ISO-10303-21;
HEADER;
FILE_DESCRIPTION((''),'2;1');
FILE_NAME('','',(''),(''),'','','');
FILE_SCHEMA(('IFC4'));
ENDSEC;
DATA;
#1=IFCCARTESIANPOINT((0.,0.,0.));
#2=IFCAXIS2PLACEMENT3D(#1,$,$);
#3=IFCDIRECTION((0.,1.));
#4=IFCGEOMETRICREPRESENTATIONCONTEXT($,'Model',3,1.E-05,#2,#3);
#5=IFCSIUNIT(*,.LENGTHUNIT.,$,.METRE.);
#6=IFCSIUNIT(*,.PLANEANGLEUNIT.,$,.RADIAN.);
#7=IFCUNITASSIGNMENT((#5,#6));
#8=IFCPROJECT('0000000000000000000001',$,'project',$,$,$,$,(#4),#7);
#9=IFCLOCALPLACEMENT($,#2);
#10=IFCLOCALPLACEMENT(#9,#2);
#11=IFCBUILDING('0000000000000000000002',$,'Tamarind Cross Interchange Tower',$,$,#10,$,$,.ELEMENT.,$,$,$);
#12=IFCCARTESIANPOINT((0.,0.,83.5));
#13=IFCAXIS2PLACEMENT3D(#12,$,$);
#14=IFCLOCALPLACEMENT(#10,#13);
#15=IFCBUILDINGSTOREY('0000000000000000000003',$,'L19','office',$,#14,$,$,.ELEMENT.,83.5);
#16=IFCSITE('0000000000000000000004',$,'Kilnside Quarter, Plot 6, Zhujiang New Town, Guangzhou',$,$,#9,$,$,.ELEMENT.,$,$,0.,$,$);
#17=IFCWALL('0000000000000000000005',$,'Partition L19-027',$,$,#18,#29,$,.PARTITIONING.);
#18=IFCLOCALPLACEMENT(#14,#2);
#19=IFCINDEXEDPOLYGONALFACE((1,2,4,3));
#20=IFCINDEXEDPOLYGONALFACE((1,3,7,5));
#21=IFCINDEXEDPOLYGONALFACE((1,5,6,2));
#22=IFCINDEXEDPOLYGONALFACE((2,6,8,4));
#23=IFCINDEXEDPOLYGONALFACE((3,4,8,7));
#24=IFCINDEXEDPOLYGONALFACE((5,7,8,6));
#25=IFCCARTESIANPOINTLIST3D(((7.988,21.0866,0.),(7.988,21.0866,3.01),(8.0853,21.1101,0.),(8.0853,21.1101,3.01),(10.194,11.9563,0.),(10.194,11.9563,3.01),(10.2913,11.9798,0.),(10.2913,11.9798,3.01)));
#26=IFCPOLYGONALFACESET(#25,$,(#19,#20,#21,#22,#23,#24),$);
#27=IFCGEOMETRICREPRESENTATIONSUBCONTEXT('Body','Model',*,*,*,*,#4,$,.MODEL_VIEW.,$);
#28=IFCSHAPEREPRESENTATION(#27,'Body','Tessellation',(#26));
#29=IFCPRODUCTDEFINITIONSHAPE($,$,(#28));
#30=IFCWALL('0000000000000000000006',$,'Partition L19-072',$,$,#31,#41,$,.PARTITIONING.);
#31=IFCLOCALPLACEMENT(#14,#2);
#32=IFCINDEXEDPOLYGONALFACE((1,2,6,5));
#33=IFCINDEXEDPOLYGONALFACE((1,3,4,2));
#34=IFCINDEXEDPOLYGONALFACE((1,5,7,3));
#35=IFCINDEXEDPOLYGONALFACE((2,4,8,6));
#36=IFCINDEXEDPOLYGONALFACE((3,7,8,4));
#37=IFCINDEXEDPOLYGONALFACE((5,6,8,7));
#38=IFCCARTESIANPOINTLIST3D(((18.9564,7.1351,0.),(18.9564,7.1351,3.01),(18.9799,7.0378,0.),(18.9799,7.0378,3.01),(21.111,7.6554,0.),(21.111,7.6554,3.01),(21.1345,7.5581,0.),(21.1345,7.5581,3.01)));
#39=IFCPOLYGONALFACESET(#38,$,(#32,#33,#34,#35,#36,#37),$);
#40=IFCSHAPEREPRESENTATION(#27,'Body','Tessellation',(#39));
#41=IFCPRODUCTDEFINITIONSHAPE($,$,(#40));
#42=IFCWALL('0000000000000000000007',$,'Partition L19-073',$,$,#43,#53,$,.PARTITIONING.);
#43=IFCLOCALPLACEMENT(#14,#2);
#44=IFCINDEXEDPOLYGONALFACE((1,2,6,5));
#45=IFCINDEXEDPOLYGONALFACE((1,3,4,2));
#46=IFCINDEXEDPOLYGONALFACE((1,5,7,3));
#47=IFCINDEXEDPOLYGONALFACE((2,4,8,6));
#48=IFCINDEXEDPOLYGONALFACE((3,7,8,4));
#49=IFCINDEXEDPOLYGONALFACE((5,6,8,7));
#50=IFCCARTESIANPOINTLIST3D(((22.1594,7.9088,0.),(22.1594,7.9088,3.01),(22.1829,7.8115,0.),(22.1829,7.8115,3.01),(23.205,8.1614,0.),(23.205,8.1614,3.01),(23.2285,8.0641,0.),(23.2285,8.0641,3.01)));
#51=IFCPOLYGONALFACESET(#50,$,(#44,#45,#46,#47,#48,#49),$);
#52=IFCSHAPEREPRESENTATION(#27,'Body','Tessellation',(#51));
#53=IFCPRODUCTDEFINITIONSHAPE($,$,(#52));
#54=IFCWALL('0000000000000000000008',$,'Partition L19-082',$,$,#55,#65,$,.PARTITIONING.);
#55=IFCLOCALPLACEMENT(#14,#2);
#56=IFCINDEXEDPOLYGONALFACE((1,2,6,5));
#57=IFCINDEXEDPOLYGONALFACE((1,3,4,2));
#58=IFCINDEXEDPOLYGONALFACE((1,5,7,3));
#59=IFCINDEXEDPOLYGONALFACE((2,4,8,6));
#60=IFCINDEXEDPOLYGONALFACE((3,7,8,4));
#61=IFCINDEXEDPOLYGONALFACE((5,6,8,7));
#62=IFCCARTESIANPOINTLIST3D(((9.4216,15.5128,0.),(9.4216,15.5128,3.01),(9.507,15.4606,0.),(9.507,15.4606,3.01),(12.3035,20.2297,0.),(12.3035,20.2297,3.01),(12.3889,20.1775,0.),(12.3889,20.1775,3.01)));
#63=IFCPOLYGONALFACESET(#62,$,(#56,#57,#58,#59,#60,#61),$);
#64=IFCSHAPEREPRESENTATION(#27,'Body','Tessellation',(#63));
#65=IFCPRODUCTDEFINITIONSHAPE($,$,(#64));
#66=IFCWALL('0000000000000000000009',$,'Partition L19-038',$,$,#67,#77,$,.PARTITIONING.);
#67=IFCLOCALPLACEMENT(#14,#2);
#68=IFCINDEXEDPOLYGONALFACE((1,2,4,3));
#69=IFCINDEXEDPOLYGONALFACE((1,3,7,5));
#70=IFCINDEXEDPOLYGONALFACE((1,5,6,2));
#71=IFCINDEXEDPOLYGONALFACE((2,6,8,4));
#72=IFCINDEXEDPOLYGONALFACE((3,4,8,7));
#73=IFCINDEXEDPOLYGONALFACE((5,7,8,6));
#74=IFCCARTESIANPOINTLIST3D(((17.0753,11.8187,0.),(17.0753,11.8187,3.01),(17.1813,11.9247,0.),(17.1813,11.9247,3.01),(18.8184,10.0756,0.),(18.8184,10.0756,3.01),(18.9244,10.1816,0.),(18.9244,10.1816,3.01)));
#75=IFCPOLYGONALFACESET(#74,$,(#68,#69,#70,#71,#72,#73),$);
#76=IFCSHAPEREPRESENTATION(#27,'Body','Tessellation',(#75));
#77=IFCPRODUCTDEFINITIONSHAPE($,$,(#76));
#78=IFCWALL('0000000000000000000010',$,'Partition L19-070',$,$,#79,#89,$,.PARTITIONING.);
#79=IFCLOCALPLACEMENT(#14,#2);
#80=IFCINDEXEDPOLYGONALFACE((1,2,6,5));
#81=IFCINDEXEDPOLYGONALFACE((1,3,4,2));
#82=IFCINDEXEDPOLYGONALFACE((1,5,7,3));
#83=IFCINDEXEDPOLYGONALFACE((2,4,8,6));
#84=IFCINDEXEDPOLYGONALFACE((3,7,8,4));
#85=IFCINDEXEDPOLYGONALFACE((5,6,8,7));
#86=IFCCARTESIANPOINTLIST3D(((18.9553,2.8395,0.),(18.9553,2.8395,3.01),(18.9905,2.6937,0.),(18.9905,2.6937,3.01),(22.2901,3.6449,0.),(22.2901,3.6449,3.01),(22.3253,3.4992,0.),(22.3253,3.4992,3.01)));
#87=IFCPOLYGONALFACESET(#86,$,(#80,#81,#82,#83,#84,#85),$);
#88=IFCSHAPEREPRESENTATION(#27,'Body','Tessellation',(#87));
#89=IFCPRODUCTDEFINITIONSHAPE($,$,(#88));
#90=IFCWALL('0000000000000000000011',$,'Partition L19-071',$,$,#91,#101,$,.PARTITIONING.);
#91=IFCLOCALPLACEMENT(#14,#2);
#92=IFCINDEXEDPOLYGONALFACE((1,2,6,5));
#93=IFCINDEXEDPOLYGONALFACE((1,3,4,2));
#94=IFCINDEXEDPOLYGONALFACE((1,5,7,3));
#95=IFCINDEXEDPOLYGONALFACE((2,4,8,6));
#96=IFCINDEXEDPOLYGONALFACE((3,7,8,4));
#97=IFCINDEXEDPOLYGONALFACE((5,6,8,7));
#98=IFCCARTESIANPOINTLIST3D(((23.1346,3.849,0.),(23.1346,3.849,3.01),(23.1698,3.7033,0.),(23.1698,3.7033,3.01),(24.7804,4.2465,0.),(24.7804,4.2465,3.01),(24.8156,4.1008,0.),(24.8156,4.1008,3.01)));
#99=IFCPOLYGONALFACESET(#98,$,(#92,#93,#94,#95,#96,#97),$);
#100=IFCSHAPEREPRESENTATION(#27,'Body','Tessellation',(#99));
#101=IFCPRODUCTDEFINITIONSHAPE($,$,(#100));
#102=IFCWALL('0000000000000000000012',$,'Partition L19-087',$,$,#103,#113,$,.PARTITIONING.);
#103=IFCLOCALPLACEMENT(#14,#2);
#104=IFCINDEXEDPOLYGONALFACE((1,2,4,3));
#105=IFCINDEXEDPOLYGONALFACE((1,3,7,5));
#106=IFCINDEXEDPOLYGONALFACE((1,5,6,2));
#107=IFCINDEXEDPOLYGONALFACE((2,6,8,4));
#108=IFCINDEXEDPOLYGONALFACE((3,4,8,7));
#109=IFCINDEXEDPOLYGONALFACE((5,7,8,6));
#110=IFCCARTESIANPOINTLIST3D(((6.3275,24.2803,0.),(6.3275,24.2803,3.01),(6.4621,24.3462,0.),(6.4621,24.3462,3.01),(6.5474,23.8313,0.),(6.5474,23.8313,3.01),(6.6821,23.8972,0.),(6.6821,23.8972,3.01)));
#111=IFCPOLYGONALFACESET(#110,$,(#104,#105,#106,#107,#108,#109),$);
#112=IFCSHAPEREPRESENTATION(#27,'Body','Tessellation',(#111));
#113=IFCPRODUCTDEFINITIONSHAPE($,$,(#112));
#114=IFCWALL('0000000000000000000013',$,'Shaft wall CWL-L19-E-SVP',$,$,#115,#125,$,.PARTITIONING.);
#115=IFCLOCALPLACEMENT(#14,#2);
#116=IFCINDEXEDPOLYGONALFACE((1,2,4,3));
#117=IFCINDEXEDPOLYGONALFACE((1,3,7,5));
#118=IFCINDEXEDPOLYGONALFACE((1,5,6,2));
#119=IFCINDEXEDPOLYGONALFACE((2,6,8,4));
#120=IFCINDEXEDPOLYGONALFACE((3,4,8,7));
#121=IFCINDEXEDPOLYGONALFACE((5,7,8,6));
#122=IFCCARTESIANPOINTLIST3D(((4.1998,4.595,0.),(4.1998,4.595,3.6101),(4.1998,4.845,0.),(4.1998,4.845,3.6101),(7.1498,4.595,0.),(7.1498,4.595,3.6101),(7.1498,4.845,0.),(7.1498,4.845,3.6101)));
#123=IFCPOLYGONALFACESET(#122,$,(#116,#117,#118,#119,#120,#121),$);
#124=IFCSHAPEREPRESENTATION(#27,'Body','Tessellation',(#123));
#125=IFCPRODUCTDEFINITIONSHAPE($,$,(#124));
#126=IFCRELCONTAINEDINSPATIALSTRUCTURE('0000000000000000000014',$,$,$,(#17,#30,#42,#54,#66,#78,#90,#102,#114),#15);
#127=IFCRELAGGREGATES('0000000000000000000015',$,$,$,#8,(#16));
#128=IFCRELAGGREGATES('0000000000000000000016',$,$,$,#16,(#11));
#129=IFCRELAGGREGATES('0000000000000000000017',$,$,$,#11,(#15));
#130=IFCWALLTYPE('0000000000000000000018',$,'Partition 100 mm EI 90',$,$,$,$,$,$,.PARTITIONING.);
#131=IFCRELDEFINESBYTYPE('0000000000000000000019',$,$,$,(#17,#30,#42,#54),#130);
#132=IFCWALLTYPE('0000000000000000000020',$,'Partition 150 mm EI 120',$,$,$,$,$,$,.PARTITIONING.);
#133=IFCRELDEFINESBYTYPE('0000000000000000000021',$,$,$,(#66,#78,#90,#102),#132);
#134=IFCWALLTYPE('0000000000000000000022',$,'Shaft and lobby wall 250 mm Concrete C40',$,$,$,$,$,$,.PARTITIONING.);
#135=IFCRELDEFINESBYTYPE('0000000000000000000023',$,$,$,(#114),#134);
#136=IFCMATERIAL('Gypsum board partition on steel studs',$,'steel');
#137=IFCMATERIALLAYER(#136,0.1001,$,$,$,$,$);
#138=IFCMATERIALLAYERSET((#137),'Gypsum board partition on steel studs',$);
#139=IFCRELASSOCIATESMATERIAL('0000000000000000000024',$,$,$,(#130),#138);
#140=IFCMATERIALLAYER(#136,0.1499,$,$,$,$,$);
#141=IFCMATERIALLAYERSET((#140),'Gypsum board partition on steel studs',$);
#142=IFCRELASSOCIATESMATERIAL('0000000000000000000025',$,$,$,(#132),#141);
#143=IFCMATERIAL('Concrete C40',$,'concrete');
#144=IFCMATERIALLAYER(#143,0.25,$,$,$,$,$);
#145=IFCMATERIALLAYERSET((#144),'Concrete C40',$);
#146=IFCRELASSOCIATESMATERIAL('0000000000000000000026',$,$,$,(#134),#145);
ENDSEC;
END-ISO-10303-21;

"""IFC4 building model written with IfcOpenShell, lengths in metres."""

from ifc_helpers import new_model, si_unit, direction, frame, frame_2d, origin, place, context, subcontext, project, spatial, rectangle, extrude, material, layer, layer_set, type_object, element, save


model = new_model("IFC4")

# Units and contexts
model_context = context("Model", 3, precision=1e-05, world=origin(), true_north=direction((0.0, 1.0)))
body_context = subcontext(model_context, "Body", "Model", "MODEL_VIEW")
ifc_project = project(units=[si_unit("LENGTHUNIT", "METRE"), si_unit("PLANEANGLEUNIT", "RADIAN")], contexts=[model_context])

# Site, building, storey
site_placement = place(None, origin())
site = spatial("IfcSite", under=ifc_project, at=site_placement, Name="Kilnside Quarter, Plot 6, Zhujiang New Town, Guangzhou", CompositionType="ELEMENT", RefElevation=0.0)
building_placement = place(site_placement, origin())
building = spatial("IfcBuilding", under=site, at=building_placement, Name="Tamarind Cross Interchange Tower", CompositionType="ELEMENT")
storey_placement = place(building_placement, frame((0.0, 0.0, 83.5)))
storey = spatial("IfcBuildingStorey", under=building, at=storey_placement, Name="L19", Description="office", CompositionType="ELEMENT", Elevation=83.5)

# Walls
ifc_material_1 = material(Name="Gypsum board partition on steel studs", Category="steel")
ifc_layer_1 = layer(ifc_material_1, 0.1001)
ifc_layer_set_1 = layer_set([ifc_layer_1], Name="Gypsum board partition on steel studs")
wall_type_1 = type_object("IfcWallType", Name="Partition 100 mm EI 90", PredefinedType="PARTITIONING", material=ifc_layer_set_1)
wall_1_placement = place(storey_placement, frame((8.0366, 21.0984, 0.0), z_axis=(0.0, 0.0, 1.0), x_axis=(0.234859, -0.972029, 0.0)))
element("IfcWall", 1, at=wall_1_placement, inside=storey, type_object=wall_type_1, Name="Partition L19-027", PredefinedType="PARTITIONING", context=body_context, shape_type="SweptSolid", body=[
    extrude(rectangle(XDim=9.3931, YDim=0.1001, at=frame_2d((4.6965, 0.0))), origin(), (0.0, 0.0, 1.0), 3.01),
])
wall_2_placement = place(storey_placement, frame((18.968, 7.0864, 0.0), z_axis=(0.0, 0.0, 1.0), x_axis=(0.972061, 0.234727, 0.0)))
element("IfcWall", 2, at=wall_2_placement, inside=storey, type_object=wall_type_1, Name="Partition L19-072", PredefinedType="PARTITIONING", context=body_context, shape_type="SweptSolid", body=[
    extrude(rectangle(XDim=2.2166, YDim=0.1001, at=frame_2d((1.1084, 0.0))), origin(), (0.0, 0.0, 1.0), 3.01),
])
wall_3_placement = place(storey_placement, frame((22.1711, 7.8601, 0.0), z_axis=(0.0, 0.0, 1.0), x_axis=(0.972021, 0.234892, 0.0)))
element("IfcWall", 3, at=wall_3_placement, inside=storey, type_object=wall_type_1, Name="Partition L19-073", PredefinedType="PARTITIONING", context=body_context, shape_type="SweptSolid", body=[
    extrude(rectangle(XDim=1.0757, YDim=0.1001, at=frame_2d((0.5378, 0.0))), origin(), (0.0, 0.0, 1.0), 3.01),
])
wall_4_placement = place(storey_placement, frame((9.4644, 15.4868, 0.0), z_axis=(0.0, 0.0, 1.0), x_axis=(0.521364, 0.853334, 0.0)))
element("IfcWall", 4, at=wall_4_placement, inside=storey, type_object=wall_type_1, Name="Partition L19-082", PredefinedType="PARTITIONING", context=body_context, shape_type="SweptSolid", body=[
    extrude(rectangle(XDim=5.5276, YDim=0.1001, at=frame_2d((2.7637, 0.0))), origin(), (0.0, 0.0, 1.0), 3.01),
])
ifc_layer_2 = layer(ifc_material_1, 0.1499)
ifc_layer_set_2 = layer_set([ifc_layer_2], Name="Gypsum board partition on steel studs")
wall_type_2 = type_object("IfcWallType", Name="Partition 150 mm EI 120", PredefinedType="PARTITIONING", material=ifc_layer_set_2)
wall_5_placement = place(storey_placement, frame((17.1284, 11.8716, 0.0), z_axis=(0.0, 0.0, 1.0), x_axis=(0.707107, -0.707107, 0.0)))
element("IfcWall", 5, at=wall_5_placement, inside=storey, type_object=wall_type_2, Name="Partition L19-038", PredefinedType="PARTITIONING", context=body_context, shape_type="SweptSolid", body=[
    extrude(rectangle(XDim=2.4651, YDim=0.1499, at=frame_2d((1.2324, 0.0))), origin(), (0.0, 0.0, 1.0), 3.01),
])
wall_6_placement = place(storey_placement, frame((18.9729, 2.7666, 0.0), z_axis=(0.0, 0.0, 1.0), x_axis=(0.97205, 0.234775, 0.0)))
element("IfcWall", 6, at=wall_6_placement, inside=storey, type_object=wall_type_2, Name="Partition L19-070", PredefinedType="PARTITIONING", context=body_context, shape_type="SweptSolid", body=[
    extrude(rectangle(XDim=3.4307, YDim=0.1499, at=frame_2d((1.7153, 0.0))), origin(), (0.0, 0.0, 1.0), 3.01),
])
wall_7_placement = place(storey_placement, frame((23.1521, 3.7761, 0.0), z_axis=(0.0, 0.0, 1.0), x_axis=(0.972054, 0.234758, 0.0)))
element("IfcWall", 7, at=wall_7_placement, inside=storey, type_object=wall_type_2, Name="Partition L19-071", PredefinedType="PARTITIONING", context=body_context, shape_type="SweptSolid", body=[
    extrude(rectangle(XDim=1.6931, YDim=0.1499, at=frame_2d((0.8467, 0.0))), origin(), (0.0, 0.0, 1.0), 3.01),
])
wall_8_placement = place(storey_placement, frame((6.6147, 23.8643, 0.0), z_axis=(0.0, 0.0, 1.0), x_axis=(-0.439972, 0.898012, 0.0)))
element("IfcWall", 8, at=wall_8_placement, inside=storey, type_object=wall_type_2, Name="Partition L19-087", PredefinedType="PARTITIONING", context=body_context, shape_type="SweptSolid", body=[
    extrude(rectangle(XDim=0.5, YDim=0.1499, at=frame_2d((0.25, 0.0))), origin(), (0.0, 0.0, 1.0), 3.01),
])
ifc_material_2 = material(Name="Concrete C40", Category="concrete")
ifc_layer_3 = layer(ifc_material_2, 0.25)
ifc_layer_set_3 = layer_set([ifc_layer_3], Name="Concrete C40")
wall_type_3 = type_object("IfcWallType", Name="Shaft and lobby wall 250 mm Concrete C40", PredefinedType="PARTITIONING", material=ifc_layer_set_3)
wall_9_placement = place(storey_placement, frame((7.1499, 4.72, 0.0), z_axis=(0.0, 0.0, 1.0), x_axis=(-1.0, 0.0, 0.0)))
element("IfcWall", 9, at=wall_9_placement, inside=storey, type_object=wall_type_3, Name="Shaft wall CWL-L19-E-SVP", PredefinedType="PARTITIONING", context=body_context, shape_type="SweptSolid", body=[
    extrude(rectangle(XDim=2.95, YDim=0.25, at=frame_2d((1.4751, 0.0))), origin(), (0.0, 0.0, 1.0), 3.6101),
])

save(model, "model.ifc")
